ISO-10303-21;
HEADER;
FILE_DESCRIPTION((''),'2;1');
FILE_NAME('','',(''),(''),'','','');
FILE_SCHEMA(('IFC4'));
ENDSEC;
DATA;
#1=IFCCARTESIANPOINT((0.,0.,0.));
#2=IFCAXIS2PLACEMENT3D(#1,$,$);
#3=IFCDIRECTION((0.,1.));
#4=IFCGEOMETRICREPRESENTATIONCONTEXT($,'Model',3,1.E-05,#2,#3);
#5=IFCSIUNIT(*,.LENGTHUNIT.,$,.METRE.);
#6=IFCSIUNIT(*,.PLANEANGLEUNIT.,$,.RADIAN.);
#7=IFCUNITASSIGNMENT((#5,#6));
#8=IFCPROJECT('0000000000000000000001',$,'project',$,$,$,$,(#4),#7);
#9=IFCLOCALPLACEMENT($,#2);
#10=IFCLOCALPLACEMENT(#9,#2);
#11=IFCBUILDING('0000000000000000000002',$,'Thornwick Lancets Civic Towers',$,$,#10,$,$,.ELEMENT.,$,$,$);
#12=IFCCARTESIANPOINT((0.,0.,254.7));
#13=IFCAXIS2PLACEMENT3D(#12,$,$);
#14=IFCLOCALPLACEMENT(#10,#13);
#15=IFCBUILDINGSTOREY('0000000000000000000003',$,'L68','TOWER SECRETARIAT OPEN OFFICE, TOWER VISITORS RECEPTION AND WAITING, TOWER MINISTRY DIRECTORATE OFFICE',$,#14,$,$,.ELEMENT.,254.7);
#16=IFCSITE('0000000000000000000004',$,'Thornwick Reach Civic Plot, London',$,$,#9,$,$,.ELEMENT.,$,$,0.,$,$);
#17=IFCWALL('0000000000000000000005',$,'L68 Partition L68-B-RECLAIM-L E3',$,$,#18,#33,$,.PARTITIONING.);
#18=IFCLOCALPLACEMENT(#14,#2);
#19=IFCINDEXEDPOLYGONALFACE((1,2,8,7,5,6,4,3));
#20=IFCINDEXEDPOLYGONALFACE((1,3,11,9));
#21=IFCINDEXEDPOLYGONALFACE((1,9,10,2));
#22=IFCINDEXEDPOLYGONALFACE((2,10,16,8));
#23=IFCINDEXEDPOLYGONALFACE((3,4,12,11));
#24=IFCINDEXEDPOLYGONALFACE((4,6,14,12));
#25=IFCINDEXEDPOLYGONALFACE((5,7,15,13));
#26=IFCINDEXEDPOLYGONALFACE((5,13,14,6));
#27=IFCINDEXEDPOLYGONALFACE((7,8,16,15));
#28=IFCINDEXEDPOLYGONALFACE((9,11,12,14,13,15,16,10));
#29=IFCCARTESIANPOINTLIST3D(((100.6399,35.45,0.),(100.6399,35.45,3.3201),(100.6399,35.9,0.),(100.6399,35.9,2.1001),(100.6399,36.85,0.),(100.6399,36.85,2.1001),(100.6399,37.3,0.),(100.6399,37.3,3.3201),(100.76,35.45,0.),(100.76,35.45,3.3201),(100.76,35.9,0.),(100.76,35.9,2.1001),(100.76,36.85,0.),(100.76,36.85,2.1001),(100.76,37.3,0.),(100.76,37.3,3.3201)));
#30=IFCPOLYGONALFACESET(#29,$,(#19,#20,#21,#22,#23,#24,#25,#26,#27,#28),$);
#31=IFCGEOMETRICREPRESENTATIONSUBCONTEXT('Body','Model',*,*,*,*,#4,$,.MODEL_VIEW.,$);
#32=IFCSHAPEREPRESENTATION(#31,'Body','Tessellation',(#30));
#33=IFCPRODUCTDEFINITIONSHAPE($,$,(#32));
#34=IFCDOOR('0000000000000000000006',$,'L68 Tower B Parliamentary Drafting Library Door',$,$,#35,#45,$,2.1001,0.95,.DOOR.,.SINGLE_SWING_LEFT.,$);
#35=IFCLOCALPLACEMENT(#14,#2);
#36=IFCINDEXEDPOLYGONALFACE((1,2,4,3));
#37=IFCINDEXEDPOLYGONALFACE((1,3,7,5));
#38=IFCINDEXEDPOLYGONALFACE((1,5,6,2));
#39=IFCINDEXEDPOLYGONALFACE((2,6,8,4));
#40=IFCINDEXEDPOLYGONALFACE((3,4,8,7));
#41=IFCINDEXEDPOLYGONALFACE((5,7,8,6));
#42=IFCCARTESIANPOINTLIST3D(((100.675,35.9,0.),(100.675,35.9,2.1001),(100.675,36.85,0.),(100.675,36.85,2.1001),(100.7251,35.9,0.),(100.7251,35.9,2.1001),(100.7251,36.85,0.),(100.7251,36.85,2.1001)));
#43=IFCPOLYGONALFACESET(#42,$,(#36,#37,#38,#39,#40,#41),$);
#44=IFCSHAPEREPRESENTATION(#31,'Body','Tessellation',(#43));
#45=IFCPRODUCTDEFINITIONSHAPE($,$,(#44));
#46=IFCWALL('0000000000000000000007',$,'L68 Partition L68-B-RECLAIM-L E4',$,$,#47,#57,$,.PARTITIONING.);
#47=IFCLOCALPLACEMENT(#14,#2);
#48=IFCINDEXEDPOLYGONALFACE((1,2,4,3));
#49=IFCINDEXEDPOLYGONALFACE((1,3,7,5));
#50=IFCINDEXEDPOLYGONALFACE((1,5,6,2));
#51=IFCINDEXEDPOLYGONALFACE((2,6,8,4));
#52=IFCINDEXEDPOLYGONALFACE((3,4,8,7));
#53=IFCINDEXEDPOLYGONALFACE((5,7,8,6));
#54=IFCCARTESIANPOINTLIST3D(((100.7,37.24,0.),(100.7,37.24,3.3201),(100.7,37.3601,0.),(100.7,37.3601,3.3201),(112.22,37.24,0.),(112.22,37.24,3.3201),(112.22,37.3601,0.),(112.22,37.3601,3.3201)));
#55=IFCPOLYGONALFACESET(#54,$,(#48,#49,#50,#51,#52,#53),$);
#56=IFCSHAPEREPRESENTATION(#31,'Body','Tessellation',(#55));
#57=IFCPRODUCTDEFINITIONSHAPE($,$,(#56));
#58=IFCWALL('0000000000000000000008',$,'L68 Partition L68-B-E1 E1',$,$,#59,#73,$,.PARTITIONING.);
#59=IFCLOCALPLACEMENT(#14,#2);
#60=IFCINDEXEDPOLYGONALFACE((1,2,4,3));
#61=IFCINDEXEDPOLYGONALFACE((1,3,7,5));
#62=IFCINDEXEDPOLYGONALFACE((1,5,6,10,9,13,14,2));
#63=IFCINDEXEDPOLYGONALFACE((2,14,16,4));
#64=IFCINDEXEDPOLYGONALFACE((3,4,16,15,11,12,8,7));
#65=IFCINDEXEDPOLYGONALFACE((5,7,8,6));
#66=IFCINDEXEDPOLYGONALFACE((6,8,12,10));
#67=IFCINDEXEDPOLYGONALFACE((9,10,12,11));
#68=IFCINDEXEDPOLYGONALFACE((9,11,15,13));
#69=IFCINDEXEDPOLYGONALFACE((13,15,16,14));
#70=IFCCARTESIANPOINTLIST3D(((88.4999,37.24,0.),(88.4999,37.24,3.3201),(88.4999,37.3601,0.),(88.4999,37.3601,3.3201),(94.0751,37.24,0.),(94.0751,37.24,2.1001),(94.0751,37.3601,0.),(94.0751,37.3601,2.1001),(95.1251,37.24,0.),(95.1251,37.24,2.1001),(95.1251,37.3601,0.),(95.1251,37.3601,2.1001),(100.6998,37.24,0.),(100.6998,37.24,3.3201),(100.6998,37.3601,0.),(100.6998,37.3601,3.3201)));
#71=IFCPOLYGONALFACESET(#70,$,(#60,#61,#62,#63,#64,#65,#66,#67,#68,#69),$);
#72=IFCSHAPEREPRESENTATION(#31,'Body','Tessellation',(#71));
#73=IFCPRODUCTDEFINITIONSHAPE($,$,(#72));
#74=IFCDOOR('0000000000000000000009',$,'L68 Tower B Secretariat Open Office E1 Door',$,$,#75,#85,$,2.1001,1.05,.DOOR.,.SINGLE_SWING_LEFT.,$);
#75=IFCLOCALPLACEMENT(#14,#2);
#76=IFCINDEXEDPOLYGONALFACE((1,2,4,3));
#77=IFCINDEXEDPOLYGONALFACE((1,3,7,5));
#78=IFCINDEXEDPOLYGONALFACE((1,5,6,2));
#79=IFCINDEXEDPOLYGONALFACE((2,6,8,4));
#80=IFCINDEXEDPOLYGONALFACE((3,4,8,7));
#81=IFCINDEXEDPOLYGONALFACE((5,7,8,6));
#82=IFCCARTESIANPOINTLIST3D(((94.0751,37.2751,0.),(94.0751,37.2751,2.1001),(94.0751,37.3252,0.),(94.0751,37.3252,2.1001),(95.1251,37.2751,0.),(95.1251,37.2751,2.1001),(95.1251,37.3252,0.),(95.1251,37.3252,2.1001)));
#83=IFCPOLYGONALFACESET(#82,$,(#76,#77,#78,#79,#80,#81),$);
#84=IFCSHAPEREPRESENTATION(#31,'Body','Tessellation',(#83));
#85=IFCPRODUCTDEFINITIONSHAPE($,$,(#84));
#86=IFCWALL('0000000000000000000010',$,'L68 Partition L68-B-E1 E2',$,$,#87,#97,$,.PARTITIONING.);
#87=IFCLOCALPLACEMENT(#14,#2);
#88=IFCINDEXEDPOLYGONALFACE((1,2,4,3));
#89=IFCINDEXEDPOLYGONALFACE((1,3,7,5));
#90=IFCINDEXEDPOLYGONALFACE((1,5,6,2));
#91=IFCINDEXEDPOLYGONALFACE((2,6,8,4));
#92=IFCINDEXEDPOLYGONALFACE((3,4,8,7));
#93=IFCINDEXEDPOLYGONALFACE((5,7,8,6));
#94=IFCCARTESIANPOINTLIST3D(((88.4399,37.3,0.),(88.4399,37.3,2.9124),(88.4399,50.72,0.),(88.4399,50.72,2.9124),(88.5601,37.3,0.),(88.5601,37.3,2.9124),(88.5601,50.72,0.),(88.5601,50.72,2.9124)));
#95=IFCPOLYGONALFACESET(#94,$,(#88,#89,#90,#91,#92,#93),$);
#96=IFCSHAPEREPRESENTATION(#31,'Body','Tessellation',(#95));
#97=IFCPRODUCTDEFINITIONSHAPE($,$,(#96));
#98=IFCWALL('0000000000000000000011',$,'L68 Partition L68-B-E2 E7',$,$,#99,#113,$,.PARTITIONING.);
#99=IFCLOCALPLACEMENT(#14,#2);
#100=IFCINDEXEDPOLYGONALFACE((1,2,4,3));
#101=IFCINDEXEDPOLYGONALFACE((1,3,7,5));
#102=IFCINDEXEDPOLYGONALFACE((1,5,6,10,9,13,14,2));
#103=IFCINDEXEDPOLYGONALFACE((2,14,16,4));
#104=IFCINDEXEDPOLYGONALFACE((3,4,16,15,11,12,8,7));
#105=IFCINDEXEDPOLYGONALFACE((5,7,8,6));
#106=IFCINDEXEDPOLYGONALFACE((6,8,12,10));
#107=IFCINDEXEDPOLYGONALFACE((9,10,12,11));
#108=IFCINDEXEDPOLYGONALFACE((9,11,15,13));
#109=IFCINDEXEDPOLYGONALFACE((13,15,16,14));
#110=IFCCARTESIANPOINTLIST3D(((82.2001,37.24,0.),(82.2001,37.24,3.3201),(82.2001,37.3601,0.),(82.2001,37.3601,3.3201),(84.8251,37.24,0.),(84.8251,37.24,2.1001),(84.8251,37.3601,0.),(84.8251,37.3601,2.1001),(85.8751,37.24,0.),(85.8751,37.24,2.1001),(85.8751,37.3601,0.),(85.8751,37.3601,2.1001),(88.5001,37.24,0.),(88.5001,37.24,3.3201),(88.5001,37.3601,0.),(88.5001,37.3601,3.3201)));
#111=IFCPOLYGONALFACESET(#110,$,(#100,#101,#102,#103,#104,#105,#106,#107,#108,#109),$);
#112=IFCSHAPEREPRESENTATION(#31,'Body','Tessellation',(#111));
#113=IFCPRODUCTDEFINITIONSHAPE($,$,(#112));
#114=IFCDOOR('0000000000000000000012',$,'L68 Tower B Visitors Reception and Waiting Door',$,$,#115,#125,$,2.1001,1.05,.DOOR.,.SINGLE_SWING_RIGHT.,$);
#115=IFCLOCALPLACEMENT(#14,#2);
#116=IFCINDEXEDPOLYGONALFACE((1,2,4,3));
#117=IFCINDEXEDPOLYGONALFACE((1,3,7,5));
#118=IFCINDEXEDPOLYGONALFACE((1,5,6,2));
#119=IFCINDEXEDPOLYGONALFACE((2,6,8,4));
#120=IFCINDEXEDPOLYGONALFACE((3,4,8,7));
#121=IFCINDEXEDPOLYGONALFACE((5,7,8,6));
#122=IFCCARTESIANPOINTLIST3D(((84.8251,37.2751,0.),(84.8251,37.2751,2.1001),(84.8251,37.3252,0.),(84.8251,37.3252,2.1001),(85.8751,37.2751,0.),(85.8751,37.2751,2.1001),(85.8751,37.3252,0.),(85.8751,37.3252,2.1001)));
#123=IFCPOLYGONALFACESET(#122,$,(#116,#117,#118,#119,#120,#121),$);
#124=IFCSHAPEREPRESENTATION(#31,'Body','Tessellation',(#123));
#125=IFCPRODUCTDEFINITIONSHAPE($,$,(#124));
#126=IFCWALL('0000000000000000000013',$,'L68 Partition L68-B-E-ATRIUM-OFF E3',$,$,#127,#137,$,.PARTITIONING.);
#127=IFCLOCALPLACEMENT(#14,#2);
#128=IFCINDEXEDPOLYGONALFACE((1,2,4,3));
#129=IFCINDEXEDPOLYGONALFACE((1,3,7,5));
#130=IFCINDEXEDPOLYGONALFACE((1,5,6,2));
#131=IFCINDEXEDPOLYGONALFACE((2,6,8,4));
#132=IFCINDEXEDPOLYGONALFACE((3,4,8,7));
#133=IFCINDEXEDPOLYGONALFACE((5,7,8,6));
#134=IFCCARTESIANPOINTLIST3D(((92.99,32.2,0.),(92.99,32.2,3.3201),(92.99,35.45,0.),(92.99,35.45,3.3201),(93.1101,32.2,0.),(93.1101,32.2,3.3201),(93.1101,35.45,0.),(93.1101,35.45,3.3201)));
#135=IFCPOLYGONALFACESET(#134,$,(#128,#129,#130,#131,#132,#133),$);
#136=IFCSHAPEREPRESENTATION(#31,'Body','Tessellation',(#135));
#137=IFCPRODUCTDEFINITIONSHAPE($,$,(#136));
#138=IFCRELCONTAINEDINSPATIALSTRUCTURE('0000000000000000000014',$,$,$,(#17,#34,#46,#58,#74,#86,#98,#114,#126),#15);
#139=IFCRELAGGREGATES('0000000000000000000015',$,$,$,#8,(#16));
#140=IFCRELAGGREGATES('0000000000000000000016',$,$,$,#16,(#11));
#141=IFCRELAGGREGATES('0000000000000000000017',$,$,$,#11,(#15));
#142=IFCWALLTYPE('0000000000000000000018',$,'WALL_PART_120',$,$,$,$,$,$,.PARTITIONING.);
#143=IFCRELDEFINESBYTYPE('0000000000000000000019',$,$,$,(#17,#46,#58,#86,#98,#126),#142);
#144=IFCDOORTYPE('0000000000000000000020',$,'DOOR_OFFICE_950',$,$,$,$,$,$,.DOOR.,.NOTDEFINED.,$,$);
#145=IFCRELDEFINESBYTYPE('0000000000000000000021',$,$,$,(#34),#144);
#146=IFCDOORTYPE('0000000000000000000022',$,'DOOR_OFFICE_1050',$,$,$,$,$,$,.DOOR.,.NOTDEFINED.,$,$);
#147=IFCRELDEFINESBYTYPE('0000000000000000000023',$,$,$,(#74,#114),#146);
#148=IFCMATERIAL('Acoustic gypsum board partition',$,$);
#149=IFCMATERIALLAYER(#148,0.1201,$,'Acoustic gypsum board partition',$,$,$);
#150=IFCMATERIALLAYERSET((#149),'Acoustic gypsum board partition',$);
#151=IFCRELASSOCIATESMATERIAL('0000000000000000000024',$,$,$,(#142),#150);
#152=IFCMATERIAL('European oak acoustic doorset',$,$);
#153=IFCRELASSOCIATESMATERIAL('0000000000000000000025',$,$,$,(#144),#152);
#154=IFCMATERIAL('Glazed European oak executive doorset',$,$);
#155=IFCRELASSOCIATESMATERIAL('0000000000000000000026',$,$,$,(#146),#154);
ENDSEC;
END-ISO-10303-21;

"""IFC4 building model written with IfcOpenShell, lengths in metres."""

from ifc_helpers import new_model, si_unit, direction, frame, frame_2d, origin, place, context, subcontext, project, spatial, rectangle, extrude, material, layer, layer_set, type_object, element, fill, save


model = new_model("IFC4")

# Units and contexts
model_context = context("Model", 3, precision=1e-05, world=origin(), true_north=direction((0.0, 1.0)))
body_context = subcontext(model_context, "Body", "Model", "MODEL_VIEW")
ifc_project = project(units=[si_unit("LENGTHUNIT", "METRE"), si_unit("PLANEANGLEUNIT", "RADIAN")], contexts=[model_context])

# Site, building, storey
site_placement = place(None, origin())
site = spatial("IfcSite", under=ifc_project, at=site_placement, Name="Thornwick Reach Civic Plot, London", CompositionType="ELEMENT", RefElevation=0.0)
building_placement = place(site_placement, origin())
building = spatial("IfcBuilding", under=site, at=building_placement, Name="Thornwick Lancets Civic Towers", CompositionType="ELEMENT")
storey_placement = place(building_placement, frame((0.0, 0.0, 254.7)))
storey = spatial("IfcBuildingStorey", under=building, at=storey_placement, Name="L68", Description="TOWER SECRETARIAT OPEN OFFICE, TOWER VISITORS RECEPTION AND WAITING, TOWER MINISTRY DIRECTORATE OFFICE", CompositionType="ELEMENT", Elevation=254.7)

# Shared definitions
ifc_material_1 = material(Name="Acoustic gypsum board partition")
ifc_layer = layer(ifc_material_1, 0.1201, Name="Acoustic gypsum board partition")
ifc_layer_set = layer_set([ifc_layer], Name="Acoustic gypsum board partition")
wall_type = type_object("IfcWallType", Name="WALL_PART_120", PredefinedType="PARTITIONING", material=ifc_layer_set)

# Wall, opening, door
wall_1_placement = place(storey_placement, frame((100.7, 35.45, 0.0), z_axis=(0.0, 0.0, 1.0), x_axis=(0.0, 1.0, 0.0)))
wall_1 = element("IfcWall", 1, at=wall_1_placement, inside=storey, type_object=wall_type, Name="L68 Partition L68-B-RECLAIM-L E3", PredefinedType="PARTITIONING", context=body_context, shape_type="SweptSolid", body=[
    extrude(rectangle(XDim=1.8501, YDim=0.1201, at=frame_2d((0.925, 0.0))), origin(), (0.0, 0.0, 1.0), 3.3201),
])
opening_1_placement = place(wall_1_placement, frame((0.45, 0.0, 0.0)))
opening_1 = element("IfcOpeningElement", 2, at=opening_1_placement, cuts=wall_1, PredefinedType="OPENING", context=body_context, shape_type="SweptSolid", body=[
    extrude(rectangle(XDim=0.95, YDim=2.1001, at=frame_2d((0.4751, 1.05))), frame((0.0, 0.0701, 0.0), z_axis=(0.0, -1.0, 0.0), x_axis=(1.0, 0.0, 0.0)), (0.0, 0.0, 1.0), 0.1401),
])
ifc_material_2 = material(Name="European oak acoustic doorset")
door_type_1 = type_object("IfcDoorType", Name="DOOR_OFFICE_950", OperationType="NOTDEFINED", PredefinedType="DOOR", material=ifc_material_2)
door_1_placement = place(opening_1_placement, origin())
door_1 = element("IfcDoor", 3, at=door_1_placement, inside=storey, type_object=door_type_1, Name="L68 Tower B Parliamentary Drafting Library Door", OperationType="SINGLE_SWING_LEFT", OverallHeight=2.1001, OverallWidth=0.95, PredefinedType="DOOR", context=body_context, shape_type="SweptSolid", body=[
    extrude(rectangle(XDim=0.95, YDim=2.1001, at=frame_2d((0.4751, 1.05))), frame((0.0, 0.0249, 0.0), z_axis=(0.0, -1.0, 0.0), x_axis=(1.0, 0.0, 0.0)), (0.0, 0.0, 1.0), 0.05),
])
fill(opening_1, door_1)

# Wall
wall_2_placement = place(storey_placement, frame((100.7, 37.3, 0.0), z_axis=(0.0, 0.0, 1.0), x_axis=(1.0, 0.0, 0.0)))
element("IfcWall", 4, at=wall_2_placement, inside=storey, type_object=wall_type, Name="L68 Partition L68-B-RECLAIM-L E4", PredefinedType="PARTITIONING", context=body_context, shape_type="SweptSolid", body=[
    extrude(rectangle(XDim=11.52, YDim=0.1201, at=frame_2d((5.76, 0.0))), origin(), (0.0, 0.0, 1.0), 3.3201),
])

# Wall, opening, door
wall_3_placement = place(storey_placement, frame((100.7, 37.3, 0.0), z_axis=(0.0, 0.0, 1.0), x_axis=(-1.0, 0.0, 0.0)))
wall_3 = element("IfcWall", 5, at=wall_3_placement, inside=storey, type_object=wall_type, Name="L68 Partition L68-B-E1 E1", PredefinedType="PARTITIONING", context=body_context, shape_type="SweptSolid", body=[
    extrude(rectangle(XDim=12.2, YDim=0.1201, at=frame_2d((6.1001, 0.0))), origin(), (0.0, 0.0, 1.0), 3.3201),
])
opening_2_placement = place(wall_3_placement, frame((5.575, 0.0, 0.0)))
opening_2 = element("IfcOpeningElement", 6, at=opening_2_placement, cuts=wall_3, PredefinedType="OPENING", context=body_context, shape_type="SweptSolid", body=[
    extrude(rectangle(XDim=1.05, YDim=2.1001, at=frame_2d((0.5249, 1.05))), frame((0.0, 0.0701, 0.0), z_axis=(0.0, -1.0, 0.0), x_axis=(1.0, 0.0, 0.0)), (0.0, 0.0, 1.0), 0.1401),
])
ifc_material_3 = material(Name="Glazed European oak executive doorset")
door_type_2 = type_object("IfcDoorType", Name="DOOR_OFFICE_1050", OperationType="NOTDEFINED", PredefinedType="DOOR", material=ifc_material_3)
door_2_placement = place(opening_2_placement, origin())
door_2 = element("IfcDoor", 7, at=door_2_placement, inside=storey, type_object=door_type_2, Name="L68 Tower B Secretariat Open Office E1 Door", OperationType="SINGLE_SWING_LEFT", OverallHeight=2.1001, OverallWidth=1.05, PredefinedType="DOOR", context=body_context, shape_type="SweptSolid", body=[
    extrude(rectangle(XDim=1.05, YDim=2.1001, at=frame_2d((0.5249, 1.05))), frame((0.0, 0.0249, 0.0), z_axis=(0.0, -1.0, 0.0), x_axis=(1.0, 0.0, 0.0)), (0.0, 0.0, 1.0), 0.05),
])
fill(opening_2, door_2)

# Wall
wall_4_placement = place(storey_placement, frame((88.5, 37.3, 0.0), z_axis=(0.0, 0.0, 1.0), x_axis=(0.0, 1.0, 0.0)))
element("IfcWall", 8, at=wall_4_placement, inside=storey, type_object=wall_type, Name="L68 Partition L68-B-E1 E2", PredefinedType="PARTITIONING", context=body_context, shape_type="SweptSolid", body=[
    extrude(rectangle(XDim=13.4199, YDim=0.1201, at=frame_2d((6.71, 0.0))), origin(), (0.0, 0.0, 1.0), 2.9124),
])

# Wall, opening, door
wall_5_placement = place(storey_placement, frame((88.5, 37.3, 0.0), z_axis=(0.0, 0.0, 1.0), x_axis=(-1.0, 0.0, 0.0)))
wall_5 = element("IfcWall", 9, at=wall_5_placement, inside=storey, type_object=wall_type, Name="L68 Partition L68-B-E2 E7", PredefinedType="PARTITIONING", context=body_context, shape_type="SweptSolid", body=[
    extrude(rectangle(XDim=6.3, YDim=0.1201, at=frame_2d((3.1499, 0.0))), origin(), (0.0, 0.0, 1.0), 3.3201),
])
opening_3_placement = place(wall_5_placement, frame((2.625, 0.0, 0.0)))
opening_3 = element("IfcOpeningElement", 10, at=opening_3_placement, cuts=wall_5, PredefinedType="OPENING", context=body_context, shape_type="SweptSolid", body=[
    extrude(rectangle(XDim=1.05, YDim=2.1001, at=frame_2d((0.5249, 1.05))), frame((0.0, 0.0701, 0.0), z_axis=(0.0, -1.0, 0.0), x_axis=(1.0, 0.0, 0.0)), (0.0, 0.0, 1.0), 0.1401),
])
door_3_placement = place(opening_3_placement, origin())
door_3 = element("IfcDoor", 11, at=door_3_placement, inside=storey, type_object=door_type_2, Name="L68 Tower B Visitors Reception and Waiting Door", OperationType="SINGLE_SWING_RIGHT", OverallHeight=2.1001, OverallWidth=1.05, PredefinedType="DOOR", context=body_context, shape_type="SweptSolid", body=[
    extrude(rectangle(XDim=1.05, YDim=2.1001, at=frame_2d((0.5249, 1.05))), frame((0.0, 0.0249, 0.0), z_axis=(0.0, -1.0, 0.0), x_axis=(1.0, 0.0, 0.0)), (0.0, 0.0, 1.0), 0.05),
])
fill(opening_3, door_3)

# Wall
wall_6_placement = place(storey_placement, frame((93.05, 35.45, 0.0), z_axis=(0.0, 0.0, 1.0), x_axis=(0.0, -1.0, 0.0)))
element("IfcWall", 12, at=wall_6_placement, inside=storey, type_object=wall_type, Name="L68 Partition L68-B-E-ATRIUM-OFF E3", PredefinedType="PARTITIONING", context=body_context, shape_type="SweptSolid", body=[
    extrude(rectangle(XDim=3.25, YDim=0.1201, at=frame_2d((1.625, 0.0))), origin(), (0.0, 0.0, 1.0), 3.3201),
])

save(model, "model.ifc")
